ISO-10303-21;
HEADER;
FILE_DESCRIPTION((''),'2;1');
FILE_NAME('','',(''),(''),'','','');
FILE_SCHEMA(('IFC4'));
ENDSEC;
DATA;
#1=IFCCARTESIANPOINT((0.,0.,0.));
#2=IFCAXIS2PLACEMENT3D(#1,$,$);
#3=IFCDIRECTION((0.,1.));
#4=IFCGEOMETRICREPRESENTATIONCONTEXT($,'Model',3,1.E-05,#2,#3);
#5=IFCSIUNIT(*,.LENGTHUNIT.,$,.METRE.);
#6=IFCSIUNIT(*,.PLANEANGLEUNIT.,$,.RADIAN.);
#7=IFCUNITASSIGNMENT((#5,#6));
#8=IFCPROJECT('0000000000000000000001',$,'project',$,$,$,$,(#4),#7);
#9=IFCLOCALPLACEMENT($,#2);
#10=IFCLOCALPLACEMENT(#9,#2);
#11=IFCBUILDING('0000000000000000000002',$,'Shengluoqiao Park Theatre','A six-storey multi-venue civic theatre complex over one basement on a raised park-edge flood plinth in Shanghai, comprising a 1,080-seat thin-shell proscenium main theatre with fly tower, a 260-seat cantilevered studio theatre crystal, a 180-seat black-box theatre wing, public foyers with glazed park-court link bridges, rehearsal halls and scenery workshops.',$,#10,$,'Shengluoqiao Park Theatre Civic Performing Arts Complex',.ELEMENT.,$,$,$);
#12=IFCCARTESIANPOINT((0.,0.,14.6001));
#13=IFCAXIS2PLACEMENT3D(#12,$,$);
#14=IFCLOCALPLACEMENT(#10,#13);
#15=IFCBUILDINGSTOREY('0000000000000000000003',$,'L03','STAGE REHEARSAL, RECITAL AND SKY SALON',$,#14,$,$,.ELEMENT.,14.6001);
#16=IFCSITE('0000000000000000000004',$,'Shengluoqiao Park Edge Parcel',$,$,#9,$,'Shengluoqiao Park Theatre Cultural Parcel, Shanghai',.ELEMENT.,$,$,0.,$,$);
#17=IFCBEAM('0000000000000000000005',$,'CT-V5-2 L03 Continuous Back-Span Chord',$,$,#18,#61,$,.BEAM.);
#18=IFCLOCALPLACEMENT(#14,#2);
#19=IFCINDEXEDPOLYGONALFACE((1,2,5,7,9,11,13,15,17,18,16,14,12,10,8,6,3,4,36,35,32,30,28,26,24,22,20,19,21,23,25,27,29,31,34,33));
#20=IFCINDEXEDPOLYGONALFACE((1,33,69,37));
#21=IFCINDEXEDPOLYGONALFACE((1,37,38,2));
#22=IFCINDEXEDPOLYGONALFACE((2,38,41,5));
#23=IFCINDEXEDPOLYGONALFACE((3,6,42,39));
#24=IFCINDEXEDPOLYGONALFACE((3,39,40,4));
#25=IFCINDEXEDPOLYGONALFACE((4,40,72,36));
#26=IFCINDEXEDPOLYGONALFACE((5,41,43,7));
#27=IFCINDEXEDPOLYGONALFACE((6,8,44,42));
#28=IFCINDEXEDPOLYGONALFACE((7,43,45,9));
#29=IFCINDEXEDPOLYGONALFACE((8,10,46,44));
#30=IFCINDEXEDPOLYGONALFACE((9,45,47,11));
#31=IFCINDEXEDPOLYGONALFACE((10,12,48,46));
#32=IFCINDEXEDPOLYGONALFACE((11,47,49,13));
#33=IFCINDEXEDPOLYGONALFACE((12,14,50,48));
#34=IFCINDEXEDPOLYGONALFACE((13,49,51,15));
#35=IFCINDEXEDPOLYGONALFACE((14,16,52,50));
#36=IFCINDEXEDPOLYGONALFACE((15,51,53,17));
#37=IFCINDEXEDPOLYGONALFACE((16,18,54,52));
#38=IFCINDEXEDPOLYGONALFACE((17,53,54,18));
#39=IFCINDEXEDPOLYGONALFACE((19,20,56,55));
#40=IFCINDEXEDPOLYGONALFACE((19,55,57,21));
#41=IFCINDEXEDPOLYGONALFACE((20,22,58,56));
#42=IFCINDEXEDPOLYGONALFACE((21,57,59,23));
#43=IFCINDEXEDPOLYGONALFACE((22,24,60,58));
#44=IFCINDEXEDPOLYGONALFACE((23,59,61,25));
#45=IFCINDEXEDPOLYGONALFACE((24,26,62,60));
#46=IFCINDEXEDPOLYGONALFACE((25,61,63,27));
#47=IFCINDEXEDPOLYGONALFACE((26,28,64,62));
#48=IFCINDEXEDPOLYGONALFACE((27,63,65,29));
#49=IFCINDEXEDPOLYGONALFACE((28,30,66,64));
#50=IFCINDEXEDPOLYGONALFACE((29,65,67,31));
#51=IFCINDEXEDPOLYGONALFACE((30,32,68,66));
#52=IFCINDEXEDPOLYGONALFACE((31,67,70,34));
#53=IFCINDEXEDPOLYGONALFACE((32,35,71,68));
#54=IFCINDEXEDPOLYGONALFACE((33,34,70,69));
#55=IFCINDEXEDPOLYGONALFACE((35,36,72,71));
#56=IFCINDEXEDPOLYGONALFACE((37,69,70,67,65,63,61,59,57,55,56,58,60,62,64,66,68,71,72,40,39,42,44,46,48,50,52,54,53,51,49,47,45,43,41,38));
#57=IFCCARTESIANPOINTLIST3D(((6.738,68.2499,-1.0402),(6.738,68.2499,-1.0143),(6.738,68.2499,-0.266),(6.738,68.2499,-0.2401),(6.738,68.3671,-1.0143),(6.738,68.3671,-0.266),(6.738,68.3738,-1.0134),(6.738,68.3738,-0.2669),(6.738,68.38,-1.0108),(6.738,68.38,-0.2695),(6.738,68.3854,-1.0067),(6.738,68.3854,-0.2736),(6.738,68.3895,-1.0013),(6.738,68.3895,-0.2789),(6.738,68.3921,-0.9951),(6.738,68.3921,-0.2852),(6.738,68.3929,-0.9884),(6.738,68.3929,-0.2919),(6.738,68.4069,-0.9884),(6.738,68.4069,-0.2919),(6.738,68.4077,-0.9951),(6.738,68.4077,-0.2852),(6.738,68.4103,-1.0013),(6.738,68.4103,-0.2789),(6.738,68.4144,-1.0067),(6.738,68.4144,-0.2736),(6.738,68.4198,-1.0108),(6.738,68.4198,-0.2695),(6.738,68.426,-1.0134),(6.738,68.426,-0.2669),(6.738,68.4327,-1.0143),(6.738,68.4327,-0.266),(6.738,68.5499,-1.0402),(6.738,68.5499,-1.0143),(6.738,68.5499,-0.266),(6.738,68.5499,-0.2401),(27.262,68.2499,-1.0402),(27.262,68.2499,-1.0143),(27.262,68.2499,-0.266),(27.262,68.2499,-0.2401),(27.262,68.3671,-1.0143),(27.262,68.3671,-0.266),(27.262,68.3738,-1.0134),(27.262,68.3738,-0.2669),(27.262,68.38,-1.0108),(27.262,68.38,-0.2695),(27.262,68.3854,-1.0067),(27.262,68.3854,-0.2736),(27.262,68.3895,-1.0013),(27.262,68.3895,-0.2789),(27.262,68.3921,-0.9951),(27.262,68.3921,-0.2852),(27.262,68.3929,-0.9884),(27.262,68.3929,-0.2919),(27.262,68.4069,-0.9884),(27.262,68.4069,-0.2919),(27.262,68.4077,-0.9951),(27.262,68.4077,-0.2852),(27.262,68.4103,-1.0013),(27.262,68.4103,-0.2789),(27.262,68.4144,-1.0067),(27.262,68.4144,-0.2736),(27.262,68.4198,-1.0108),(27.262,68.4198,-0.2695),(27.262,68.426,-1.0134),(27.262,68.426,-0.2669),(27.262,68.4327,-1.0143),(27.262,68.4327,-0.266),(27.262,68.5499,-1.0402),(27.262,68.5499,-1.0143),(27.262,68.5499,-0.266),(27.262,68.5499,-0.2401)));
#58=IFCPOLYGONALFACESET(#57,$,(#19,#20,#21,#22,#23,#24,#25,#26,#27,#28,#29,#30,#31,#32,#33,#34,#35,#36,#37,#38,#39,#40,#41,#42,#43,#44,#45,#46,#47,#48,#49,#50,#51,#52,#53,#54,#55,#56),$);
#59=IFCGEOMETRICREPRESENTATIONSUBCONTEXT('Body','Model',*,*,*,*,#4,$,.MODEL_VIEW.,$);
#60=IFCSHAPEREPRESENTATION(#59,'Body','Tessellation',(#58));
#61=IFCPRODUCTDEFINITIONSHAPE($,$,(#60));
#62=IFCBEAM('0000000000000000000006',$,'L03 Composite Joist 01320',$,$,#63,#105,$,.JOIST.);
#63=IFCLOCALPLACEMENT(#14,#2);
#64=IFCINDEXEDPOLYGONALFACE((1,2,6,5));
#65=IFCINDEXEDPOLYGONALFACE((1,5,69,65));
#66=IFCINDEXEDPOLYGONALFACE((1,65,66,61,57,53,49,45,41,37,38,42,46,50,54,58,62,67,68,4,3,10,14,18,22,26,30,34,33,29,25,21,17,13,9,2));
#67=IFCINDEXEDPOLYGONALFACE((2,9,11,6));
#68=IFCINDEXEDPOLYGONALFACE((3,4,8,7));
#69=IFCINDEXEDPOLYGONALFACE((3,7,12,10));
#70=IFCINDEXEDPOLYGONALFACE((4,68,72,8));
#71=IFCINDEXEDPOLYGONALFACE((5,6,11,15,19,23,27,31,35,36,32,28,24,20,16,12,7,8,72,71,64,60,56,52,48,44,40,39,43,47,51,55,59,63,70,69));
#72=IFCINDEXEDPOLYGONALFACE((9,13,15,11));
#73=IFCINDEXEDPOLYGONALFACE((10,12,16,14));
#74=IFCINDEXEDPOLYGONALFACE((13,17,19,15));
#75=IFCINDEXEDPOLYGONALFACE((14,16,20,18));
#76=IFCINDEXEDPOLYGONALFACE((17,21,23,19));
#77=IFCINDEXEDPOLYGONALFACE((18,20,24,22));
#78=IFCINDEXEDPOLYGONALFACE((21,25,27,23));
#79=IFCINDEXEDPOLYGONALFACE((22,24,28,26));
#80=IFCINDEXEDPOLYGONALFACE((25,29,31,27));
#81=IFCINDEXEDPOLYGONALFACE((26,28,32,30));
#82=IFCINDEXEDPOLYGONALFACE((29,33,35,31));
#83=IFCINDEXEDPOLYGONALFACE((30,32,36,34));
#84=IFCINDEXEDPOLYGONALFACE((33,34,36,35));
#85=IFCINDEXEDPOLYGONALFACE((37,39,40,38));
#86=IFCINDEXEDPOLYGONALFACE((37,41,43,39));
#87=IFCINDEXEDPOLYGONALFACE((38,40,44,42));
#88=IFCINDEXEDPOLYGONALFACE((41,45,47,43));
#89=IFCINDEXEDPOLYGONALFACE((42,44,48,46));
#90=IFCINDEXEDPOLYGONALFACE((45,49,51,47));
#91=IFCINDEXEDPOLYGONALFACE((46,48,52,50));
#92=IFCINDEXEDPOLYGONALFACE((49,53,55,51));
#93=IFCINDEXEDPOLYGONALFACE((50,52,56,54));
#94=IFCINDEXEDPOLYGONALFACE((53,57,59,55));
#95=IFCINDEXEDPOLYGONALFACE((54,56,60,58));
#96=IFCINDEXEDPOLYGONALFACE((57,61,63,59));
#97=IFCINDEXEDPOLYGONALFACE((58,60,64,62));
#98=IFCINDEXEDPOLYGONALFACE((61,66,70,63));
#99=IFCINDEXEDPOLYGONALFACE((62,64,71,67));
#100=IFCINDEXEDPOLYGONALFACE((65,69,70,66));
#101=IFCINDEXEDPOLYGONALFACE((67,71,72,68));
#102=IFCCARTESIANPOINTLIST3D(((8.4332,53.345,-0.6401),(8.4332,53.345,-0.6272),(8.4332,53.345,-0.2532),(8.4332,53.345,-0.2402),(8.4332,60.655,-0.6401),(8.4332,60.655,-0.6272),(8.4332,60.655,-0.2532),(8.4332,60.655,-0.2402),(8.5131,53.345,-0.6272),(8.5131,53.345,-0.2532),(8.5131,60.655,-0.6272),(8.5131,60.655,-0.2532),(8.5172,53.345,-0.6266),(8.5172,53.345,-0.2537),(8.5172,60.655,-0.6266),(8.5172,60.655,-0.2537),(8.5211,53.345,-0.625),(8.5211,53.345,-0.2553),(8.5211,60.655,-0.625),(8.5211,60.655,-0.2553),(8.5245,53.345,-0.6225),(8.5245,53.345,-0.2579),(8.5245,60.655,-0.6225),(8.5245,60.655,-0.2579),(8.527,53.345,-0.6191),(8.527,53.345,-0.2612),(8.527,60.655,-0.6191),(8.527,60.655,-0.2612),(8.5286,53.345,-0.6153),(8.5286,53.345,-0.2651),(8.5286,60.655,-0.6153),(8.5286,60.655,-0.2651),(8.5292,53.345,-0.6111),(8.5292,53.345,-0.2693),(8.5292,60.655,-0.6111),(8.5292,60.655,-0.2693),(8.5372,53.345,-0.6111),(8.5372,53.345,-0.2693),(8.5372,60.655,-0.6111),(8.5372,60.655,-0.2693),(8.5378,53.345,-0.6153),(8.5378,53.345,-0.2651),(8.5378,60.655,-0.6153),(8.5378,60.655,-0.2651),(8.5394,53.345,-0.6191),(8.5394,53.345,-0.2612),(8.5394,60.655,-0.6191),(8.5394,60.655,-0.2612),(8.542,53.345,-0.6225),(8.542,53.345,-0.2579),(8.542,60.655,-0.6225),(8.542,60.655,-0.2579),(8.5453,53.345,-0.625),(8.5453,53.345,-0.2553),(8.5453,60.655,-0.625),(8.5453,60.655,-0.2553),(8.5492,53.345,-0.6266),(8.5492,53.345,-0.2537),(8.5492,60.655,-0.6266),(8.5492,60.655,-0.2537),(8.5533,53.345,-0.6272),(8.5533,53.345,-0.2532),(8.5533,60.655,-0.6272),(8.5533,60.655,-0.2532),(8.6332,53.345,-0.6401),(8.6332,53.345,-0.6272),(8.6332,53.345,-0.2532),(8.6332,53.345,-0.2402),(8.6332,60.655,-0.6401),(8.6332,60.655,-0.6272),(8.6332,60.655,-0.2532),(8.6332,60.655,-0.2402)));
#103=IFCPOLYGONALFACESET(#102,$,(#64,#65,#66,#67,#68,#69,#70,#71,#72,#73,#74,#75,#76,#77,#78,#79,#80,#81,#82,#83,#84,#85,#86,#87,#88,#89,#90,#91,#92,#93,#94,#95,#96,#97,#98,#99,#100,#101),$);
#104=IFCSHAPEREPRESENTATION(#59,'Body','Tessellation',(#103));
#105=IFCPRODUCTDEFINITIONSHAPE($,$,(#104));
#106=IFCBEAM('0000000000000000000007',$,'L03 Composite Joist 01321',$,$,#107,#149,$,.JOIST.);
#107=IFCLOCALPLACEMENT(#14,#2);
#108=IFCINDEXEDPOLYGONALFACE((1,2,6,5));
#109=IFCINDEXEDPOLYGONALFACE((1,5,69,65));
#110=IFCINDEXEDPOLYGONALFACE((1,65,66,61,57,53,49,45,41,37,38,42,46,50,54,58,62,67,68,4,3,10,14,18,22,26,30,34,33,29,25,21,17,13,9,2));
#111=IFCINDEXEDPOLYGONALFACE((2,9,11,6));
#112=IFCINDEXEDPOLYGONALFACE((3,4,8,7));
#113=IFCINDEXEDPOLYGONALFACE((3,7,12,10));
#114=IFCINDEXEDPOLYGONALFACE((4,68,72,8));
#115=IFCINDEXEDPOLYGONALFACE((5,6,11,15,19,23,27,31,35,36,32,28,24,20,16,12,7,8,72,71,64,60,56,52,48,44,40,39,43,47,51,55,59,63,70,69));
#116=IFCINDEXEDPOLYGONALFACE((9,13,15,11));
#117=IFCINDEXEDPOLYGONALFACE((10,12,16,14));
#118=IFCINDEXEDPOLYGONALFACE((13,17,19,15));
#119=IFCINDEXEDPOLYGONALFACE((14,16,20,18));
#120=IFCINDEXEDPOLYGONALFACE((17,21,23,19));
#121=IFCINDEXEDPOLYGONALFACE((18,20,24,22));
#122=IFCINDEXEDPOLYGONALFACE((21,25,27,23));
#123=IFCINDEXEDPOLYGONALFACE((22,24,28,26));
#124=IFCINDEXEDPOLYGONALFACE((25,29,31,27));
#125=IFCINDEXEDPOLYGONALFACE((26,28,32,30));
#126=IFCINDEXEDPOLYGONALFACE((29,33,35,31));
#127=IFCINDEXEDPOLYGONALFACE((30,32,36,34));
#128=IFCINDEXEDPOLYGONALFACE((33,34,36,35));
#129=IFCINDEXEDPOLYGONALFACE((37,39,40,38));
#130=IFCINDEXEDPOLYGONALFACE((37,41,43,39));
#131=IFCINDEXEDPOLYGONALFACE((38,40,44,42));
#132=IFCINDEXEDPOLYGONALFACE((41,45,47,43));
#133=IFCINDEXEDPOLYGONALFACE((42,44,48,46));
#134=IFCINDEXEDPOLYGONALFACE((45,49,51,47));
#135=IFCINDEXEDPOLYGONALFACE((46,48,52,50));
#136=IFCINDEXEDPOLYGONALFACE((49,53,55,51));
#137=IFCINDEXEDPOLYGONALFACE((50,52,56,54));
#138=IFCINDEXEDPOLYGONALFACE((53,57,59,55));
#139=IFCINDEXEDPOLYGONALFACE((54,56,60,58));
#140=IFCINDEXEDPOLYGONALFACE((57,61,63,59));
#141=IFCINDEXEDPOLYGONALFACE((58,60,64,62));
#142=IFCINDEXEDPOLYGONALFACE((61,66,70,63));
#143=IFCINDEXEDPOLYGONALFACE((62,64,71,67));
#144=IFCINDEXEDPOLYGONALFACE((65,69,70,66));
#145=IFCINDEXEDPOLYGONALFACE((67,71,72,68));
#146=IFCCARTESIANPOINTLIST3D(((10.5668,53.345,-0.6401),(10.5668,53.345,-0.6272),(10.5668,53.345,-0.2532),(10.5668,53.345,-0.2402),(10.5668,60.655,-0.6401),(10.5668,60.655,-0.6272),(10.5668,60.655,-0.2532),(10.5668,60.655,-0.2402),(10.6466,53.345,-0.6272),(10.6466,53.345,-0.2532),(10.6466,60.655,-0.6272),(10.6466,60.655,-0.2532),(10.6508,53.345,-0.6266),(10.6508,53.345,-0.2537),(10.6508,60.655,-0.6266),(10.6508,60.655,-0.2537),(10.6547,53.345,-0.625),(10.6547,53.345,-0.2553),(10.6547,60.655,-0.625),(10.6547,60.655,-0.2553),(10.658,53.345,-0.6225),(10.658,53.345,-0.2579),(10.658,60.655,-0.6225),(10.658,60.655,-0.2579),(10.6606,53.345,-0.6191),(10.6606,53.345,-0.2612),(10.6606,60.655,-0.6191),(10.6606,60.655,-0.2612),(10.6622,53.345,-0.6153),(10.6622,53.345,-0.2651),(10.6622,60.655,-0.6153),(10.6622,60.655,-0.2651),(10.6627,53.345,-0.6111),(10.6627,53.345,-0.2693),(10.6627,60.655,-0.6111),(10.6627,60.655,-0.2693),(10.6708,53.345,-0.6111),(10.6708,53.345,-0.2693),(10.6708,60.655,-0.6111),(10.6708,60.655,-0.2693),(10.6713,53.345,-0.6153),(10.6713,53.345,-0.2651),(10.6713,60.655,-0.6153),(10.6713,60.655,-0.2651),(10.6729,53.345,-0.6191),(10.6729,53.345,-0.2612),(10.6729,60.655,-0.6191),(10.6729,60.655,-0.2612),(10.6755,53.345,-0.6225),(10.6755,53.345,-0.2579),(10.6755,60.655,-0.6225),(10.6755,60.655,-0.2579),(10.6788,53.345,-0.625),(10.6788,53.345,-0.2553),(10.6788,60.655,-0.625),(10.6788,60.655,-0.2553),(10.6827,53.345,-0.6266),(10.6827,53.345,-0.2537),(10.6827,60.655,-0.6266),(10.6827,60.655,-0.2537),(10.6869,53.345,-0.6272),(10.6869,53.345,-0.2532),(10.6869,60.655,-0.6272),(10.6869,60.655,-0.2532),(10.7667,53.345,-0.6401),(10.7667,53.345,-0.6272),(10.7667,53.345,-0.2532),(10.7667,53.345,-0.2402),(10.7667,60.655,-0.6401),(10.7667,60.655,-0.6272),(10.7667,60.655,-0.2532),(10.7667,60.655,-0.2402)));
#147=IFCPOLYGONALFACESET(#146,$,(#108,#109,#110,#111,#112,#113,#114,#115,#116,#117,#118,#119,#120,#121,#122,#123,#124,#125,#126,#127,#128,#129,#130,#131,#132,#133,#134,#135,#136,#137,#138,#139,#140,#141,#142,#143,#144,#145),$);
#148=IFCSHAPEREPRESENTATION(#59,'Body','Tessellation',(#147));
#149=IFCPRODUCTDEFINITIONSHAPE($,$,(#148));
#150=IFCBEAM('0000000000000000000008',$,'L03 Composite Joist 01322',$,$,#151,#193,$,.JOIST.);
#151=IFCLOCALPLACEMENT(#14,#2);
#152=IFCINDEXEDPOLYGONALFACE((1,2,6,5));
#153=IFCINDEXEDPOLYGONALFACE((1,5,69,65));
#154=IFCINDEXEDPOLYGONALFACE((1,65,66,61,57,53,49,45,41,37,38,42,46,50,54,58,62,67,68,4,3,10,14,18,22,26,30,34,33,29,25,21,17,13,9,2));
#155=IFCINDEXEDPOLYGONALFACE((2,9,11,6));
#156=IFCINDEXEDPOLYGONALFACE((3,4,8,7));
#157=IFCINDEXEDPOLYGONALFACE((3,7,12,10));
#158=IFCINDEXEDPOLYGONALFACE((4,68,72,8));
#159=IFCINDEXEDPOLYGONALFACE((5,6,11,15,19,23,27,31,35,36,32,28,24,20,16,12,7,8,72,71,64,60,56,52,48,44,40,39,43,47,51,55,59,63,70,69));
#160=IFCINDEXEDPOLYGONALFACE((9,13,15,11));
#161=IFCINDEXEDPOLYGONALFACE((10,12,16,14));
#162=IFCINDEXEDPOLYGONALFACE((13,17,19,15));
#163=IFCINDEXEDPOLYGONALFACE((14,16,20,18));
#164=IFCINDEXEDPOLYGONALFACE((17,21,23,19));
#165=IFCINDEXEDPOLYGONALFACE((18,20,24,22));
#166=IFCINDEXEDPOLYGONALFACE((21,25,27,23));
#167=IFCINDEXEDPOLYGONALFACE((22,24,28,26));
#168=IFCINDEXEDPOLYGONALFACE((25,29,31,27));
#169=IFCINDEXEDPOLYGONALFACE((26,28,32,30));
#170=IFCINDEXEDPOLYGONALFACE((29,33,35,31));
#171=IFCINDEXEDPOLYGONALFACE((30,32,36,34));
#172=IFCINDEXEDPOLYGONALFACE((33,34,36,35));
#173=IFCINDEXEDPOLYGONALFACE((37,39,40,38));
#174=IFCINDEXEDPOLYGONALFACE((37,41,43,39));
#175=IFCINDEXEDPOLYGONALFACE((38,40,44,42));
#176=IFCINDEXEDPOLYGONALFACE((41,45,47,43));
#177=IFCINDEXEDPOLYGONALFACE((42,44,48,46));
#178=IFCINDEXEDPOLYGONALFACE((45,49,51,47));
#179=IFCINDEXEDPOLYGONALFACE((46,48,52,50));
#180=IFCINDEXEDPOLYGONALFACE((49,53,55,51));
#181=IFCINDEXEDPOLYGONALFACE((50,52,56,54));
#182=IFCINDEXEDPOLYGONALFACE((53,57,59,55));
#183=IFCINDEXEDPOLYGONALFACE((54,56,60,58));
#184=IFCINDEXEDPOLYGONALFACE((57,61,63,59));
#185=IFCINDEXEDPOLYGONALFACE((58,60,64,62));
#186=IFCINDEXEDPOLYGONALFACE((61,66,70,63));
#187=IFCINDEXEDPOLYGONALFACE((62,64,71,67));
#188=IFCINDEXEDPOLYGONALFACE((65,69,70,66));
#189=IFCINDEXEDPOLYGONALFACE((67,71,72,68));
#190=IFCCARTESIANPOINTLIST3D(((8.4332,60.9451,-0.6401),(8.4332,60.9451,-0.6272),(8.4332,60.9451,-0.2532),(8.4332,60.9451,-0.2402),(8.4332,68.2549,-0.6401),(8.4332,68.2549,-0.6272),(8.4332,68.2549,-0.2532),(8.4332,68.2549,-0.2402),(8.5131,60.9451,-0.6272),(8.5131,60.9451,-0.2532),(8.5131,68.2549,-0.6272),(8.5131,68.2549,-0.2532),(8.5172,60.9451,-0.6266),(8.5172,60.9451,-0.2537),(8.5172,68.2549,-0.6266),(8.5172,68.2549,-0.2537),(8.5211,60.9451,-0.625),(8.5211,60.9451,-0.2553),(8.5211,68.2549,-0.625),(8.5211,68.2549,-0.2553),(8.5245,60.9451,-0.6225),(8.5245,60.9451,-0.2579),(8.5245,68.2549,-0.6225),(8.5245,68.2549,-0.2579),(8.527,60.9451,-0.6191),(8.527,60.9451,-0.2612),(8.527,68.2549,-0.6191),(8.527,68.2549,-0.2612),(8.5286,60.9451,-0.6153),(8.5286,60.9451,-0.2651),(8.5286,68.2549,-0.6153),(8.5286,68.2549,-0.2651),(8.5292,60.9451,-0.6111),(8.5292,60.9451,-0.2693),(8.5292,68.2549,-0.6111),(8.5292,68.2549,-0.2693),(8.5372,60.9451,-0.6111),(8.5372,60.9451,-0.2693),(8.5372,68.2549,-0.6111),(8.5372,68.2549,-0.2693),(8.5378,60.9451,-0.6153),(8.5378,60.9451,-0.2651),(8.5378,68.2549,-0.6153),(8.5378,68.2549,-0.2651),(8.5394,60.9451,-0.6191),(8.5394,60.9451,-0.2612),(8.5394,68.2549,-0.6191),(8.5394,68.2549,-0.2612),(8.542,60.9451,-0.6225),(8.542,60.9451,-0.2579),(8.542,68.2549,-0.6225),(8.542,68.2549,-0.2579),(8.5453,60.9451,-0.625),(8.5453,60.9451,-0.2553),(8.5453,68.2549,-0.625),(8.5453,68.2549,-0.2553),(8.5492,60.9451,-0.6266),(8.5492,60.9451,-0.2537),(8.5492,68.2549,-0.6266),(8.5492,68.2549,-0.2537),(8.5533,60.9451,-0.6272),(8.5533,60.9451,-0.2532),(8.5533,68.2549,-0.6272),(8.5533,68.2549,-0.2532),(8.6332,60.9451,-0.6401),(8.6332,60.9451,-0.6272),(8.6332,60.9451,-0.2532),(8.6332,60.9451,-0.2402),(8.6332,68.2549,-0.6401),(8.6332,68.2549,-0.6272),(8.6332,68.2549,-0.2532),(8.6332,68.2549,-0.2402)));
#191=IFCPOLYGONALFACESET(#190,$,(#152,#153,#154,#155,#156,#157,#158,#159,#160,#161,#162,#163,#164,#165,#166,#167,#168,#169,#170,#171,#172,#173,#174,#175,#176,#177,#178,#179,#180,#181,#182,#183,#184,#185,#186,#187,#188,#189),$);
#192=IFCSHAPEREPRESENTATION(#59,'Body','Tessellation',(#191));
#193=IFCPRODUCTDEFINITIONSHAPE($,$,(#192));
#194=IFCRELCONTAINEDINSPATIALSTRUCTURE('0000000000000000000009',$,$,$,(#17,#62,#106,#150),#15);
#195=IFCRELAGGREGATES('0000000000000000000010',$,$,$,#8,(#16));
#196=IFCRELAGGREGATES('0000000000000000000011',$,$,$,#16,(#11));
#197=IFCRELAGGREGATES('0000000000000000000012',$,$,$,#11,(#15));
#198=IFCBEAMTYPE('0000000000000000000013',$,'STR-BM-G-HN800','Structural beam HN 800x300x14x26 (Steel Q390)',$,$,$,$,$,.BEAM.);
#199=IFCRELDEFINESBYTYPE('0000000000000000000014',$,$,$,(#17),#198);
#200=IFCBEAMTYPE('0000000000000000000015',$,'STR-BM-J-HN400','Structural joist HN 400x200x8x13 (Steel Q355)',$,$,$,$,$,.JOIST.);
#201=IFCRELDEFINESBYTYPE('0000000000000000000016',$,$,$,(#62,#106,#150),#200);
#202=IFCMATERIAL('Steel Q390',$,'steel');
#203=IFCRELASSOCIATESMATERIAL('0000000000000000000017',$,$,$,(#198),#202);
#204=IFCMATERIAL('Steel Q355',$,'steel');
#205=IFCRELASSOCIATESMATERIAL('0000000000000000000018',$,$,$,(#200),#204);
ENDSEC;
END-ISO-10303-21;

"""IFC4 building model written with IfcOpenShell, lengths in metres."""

from ifc_helpers import new_model, si_unit, direction, frame, origin, origin_2d, place, context, subcontext, project, spatial, i_section, extrude, material, material_profile, profile_set, type_object, element, save


model = new_model("IFC4")

# Units and contexts
model_context = context("Model", 3, precision=1e-05, world=origin(), true_north=direction((0.0, 1.0)))
body_context = subcontext(model_context, "Body", "Model", "MODEL_VIEW")
ifc_project = project(units=[si_unit("LENGTHUNIT", "METRE"), si_unit("PLANEANGLEUNIT", "RADIAN")], contexts=[model_context])

# Site, building, storey
site_placement = place(None, origin())
site = spatial("IfcSite", under=ifc_project, at=site_placement, Name="Shengluoqiao Park Edge Parcel", LongName="Shengluoqiao Park Theatre Cultural Parcel, Shanghai", CompositionType="ELEMENT", RefElevation=0.0)
building_placement = place(site_placement, origin())
building = spatial("IfcBuilding", under=site, at=building_placement, Name="Shengluoqiao Park Theatre", Description="A six-storey multi-venue civic theatre complex over one basement on a raised park-edge flood plinth in Shanghai, comprising a 1,080-seat thin-shell proscenium main theatre with fly tower, a 260-seat cantilevered studio theatre crystal, a 180-seat black-box theatre wing, public foyers with glazed park-court link bridges, rehearsal halls and scenery workshops.", LongName="Shengluoqiao Park Theatre Civic Performing Arts Complex", CompositionType="ELEMENT")
storey_placement = place(building_placement, frame((0.0, 0.0, 14.6001)))
storey = spatial("IfcBuildingStorey", under=building, at=storey_placement, Name="L03", Description="STAGE REHEARSAL, RECITAL AND SKY SALON", CompositionType="ELEMENT", Elevation=14.6001)

# Beams
ifc_material_1 = material(Name="Steel Q355", Category="steel")
ifc_material_2 = material(Name="Steel Q390", Category="steel")
ifc_material_profile_1 = material_profile(ifc_material_2, i_section(OverallWidth=0.3, OverallDepth=0.8, WebThickness=0.0139, FlangeThickness=0.0259, FilletRadius=0.0259, at=origin_2d()), Name="HN 800x300x14x26")
ifc_profile_set_1 = profile_set([ifc_material_profile_1], Name="Steel Q390")
beam_type_1 = type_object("IfcBeamType", Name="STR-BM-G-HN800", Description="Structural beam HN 800x300x14x26 (Steel Q390)", PredefinedType="BEAM", material=ifc_profile_set_1)
for number, where, z_axis, x_axis, name in (
    (1, (6.738, 68.3999, -0.6401), (1.0, 0.0, 0.0), (0.0, 1.0, 0.0), "CT-V5-2 L03 Continuous Back-Span Chord"),
):
    element("IfcBeam", number, at=place(storey_placement, frame(where, z_axis=z_axis, x_axis=x_axis)), inside=storey, type_object=beam_type_1, Name=name, PredefinedType="BEAM", context=body_context, shape_type="SweptSolid", body=[
        extrude(i_section(OverallWidth=0.3, OverallDepth=0.8, WebThickness=0.0139, FlangeThickness=0.0259, FilletRadius=0.0259, at=origin_2d()), origin(), (0.0, 0.0, 1.0), 20.5239),
    ])
ifc_material_profile_2 = material_profile(ifc_material_1, i_section(OverallWidth=0.2, OverallDepth=0.3999, WebThickness=0.0081, FlangeThickness=0.0129, FilletRadius=0.0161, at=origin_2d()), Name="HN 400x200x8x13")
ifc_profile_set_2 = profile_set([ifc_material_profile_2], Name="Steel Q355")
beam_type_2 = type_object("IfcBeamType", Name="STR-BM-J-HN400", Description="Structural joist HN 400x200x8x13 (Steel Q355)", PredefinedType="JOIST", material=ifc_profile_set_2)
for number, where, z_axis, x_axis, name in (
    (2, (8.5332, 53.345, -0.4402), (0.0, 1.0, 0.0), (-1.0, 0.0, 0.0), "L03 Composite Joist 01320"),
    (3, (10.6667, 53.345, -0.4402), (0.0, 1.0, 0.0), (-1.0, 0.0, 0.0), "L03 Composite Joist 01321"),
):
    element("IfcBeam", number, at=place(storey_placement, frame(where, z_axis=z_axis, x_axis=x_axis)), inside=storey, type_object=beam_type_2, Name=name, PredefinedType="JOIST", context=body_context, shape_type="SweptSolid", body=[
        extrude(i_section(OverallWidth=0.2, OverallDepth=0.3999, WebThickness=0.0081, FlangeThickness=0.0129, FilletRadius=0.0161, at=origin_2d()), origin(), (0.0, 0.0, 1.0), 7.3101),
    ])
for number, where, z_axis, x_axis, name in (
    (4, (8.5332, 60.9451, -0.4402), (0.0, 1.0, 0.0), (-1.0, 0.0, 0.0), "L03 Composite Joist 01322"),
):
    element("IfcBeam", number, at=place(storey_placement, frame(where, z_axis=z_axis, x_axis=x_axis)), inside=storey, type_object=beam_type_2, Name=name, PredefinedType="JOIST", context=body_context, shape_type="SweptSolid", body=[
        extrude(i_section(OverallWidth=0.2, OverallDepth=0.3999, WebThickness=0.0081, FlangeThickness=0.0129, FilletRadius=0.0161, at=origin_2d()), origin(), (0.0, 0.0, 1.0), 7.3098),
    ])

save(model, "model.ifc")
